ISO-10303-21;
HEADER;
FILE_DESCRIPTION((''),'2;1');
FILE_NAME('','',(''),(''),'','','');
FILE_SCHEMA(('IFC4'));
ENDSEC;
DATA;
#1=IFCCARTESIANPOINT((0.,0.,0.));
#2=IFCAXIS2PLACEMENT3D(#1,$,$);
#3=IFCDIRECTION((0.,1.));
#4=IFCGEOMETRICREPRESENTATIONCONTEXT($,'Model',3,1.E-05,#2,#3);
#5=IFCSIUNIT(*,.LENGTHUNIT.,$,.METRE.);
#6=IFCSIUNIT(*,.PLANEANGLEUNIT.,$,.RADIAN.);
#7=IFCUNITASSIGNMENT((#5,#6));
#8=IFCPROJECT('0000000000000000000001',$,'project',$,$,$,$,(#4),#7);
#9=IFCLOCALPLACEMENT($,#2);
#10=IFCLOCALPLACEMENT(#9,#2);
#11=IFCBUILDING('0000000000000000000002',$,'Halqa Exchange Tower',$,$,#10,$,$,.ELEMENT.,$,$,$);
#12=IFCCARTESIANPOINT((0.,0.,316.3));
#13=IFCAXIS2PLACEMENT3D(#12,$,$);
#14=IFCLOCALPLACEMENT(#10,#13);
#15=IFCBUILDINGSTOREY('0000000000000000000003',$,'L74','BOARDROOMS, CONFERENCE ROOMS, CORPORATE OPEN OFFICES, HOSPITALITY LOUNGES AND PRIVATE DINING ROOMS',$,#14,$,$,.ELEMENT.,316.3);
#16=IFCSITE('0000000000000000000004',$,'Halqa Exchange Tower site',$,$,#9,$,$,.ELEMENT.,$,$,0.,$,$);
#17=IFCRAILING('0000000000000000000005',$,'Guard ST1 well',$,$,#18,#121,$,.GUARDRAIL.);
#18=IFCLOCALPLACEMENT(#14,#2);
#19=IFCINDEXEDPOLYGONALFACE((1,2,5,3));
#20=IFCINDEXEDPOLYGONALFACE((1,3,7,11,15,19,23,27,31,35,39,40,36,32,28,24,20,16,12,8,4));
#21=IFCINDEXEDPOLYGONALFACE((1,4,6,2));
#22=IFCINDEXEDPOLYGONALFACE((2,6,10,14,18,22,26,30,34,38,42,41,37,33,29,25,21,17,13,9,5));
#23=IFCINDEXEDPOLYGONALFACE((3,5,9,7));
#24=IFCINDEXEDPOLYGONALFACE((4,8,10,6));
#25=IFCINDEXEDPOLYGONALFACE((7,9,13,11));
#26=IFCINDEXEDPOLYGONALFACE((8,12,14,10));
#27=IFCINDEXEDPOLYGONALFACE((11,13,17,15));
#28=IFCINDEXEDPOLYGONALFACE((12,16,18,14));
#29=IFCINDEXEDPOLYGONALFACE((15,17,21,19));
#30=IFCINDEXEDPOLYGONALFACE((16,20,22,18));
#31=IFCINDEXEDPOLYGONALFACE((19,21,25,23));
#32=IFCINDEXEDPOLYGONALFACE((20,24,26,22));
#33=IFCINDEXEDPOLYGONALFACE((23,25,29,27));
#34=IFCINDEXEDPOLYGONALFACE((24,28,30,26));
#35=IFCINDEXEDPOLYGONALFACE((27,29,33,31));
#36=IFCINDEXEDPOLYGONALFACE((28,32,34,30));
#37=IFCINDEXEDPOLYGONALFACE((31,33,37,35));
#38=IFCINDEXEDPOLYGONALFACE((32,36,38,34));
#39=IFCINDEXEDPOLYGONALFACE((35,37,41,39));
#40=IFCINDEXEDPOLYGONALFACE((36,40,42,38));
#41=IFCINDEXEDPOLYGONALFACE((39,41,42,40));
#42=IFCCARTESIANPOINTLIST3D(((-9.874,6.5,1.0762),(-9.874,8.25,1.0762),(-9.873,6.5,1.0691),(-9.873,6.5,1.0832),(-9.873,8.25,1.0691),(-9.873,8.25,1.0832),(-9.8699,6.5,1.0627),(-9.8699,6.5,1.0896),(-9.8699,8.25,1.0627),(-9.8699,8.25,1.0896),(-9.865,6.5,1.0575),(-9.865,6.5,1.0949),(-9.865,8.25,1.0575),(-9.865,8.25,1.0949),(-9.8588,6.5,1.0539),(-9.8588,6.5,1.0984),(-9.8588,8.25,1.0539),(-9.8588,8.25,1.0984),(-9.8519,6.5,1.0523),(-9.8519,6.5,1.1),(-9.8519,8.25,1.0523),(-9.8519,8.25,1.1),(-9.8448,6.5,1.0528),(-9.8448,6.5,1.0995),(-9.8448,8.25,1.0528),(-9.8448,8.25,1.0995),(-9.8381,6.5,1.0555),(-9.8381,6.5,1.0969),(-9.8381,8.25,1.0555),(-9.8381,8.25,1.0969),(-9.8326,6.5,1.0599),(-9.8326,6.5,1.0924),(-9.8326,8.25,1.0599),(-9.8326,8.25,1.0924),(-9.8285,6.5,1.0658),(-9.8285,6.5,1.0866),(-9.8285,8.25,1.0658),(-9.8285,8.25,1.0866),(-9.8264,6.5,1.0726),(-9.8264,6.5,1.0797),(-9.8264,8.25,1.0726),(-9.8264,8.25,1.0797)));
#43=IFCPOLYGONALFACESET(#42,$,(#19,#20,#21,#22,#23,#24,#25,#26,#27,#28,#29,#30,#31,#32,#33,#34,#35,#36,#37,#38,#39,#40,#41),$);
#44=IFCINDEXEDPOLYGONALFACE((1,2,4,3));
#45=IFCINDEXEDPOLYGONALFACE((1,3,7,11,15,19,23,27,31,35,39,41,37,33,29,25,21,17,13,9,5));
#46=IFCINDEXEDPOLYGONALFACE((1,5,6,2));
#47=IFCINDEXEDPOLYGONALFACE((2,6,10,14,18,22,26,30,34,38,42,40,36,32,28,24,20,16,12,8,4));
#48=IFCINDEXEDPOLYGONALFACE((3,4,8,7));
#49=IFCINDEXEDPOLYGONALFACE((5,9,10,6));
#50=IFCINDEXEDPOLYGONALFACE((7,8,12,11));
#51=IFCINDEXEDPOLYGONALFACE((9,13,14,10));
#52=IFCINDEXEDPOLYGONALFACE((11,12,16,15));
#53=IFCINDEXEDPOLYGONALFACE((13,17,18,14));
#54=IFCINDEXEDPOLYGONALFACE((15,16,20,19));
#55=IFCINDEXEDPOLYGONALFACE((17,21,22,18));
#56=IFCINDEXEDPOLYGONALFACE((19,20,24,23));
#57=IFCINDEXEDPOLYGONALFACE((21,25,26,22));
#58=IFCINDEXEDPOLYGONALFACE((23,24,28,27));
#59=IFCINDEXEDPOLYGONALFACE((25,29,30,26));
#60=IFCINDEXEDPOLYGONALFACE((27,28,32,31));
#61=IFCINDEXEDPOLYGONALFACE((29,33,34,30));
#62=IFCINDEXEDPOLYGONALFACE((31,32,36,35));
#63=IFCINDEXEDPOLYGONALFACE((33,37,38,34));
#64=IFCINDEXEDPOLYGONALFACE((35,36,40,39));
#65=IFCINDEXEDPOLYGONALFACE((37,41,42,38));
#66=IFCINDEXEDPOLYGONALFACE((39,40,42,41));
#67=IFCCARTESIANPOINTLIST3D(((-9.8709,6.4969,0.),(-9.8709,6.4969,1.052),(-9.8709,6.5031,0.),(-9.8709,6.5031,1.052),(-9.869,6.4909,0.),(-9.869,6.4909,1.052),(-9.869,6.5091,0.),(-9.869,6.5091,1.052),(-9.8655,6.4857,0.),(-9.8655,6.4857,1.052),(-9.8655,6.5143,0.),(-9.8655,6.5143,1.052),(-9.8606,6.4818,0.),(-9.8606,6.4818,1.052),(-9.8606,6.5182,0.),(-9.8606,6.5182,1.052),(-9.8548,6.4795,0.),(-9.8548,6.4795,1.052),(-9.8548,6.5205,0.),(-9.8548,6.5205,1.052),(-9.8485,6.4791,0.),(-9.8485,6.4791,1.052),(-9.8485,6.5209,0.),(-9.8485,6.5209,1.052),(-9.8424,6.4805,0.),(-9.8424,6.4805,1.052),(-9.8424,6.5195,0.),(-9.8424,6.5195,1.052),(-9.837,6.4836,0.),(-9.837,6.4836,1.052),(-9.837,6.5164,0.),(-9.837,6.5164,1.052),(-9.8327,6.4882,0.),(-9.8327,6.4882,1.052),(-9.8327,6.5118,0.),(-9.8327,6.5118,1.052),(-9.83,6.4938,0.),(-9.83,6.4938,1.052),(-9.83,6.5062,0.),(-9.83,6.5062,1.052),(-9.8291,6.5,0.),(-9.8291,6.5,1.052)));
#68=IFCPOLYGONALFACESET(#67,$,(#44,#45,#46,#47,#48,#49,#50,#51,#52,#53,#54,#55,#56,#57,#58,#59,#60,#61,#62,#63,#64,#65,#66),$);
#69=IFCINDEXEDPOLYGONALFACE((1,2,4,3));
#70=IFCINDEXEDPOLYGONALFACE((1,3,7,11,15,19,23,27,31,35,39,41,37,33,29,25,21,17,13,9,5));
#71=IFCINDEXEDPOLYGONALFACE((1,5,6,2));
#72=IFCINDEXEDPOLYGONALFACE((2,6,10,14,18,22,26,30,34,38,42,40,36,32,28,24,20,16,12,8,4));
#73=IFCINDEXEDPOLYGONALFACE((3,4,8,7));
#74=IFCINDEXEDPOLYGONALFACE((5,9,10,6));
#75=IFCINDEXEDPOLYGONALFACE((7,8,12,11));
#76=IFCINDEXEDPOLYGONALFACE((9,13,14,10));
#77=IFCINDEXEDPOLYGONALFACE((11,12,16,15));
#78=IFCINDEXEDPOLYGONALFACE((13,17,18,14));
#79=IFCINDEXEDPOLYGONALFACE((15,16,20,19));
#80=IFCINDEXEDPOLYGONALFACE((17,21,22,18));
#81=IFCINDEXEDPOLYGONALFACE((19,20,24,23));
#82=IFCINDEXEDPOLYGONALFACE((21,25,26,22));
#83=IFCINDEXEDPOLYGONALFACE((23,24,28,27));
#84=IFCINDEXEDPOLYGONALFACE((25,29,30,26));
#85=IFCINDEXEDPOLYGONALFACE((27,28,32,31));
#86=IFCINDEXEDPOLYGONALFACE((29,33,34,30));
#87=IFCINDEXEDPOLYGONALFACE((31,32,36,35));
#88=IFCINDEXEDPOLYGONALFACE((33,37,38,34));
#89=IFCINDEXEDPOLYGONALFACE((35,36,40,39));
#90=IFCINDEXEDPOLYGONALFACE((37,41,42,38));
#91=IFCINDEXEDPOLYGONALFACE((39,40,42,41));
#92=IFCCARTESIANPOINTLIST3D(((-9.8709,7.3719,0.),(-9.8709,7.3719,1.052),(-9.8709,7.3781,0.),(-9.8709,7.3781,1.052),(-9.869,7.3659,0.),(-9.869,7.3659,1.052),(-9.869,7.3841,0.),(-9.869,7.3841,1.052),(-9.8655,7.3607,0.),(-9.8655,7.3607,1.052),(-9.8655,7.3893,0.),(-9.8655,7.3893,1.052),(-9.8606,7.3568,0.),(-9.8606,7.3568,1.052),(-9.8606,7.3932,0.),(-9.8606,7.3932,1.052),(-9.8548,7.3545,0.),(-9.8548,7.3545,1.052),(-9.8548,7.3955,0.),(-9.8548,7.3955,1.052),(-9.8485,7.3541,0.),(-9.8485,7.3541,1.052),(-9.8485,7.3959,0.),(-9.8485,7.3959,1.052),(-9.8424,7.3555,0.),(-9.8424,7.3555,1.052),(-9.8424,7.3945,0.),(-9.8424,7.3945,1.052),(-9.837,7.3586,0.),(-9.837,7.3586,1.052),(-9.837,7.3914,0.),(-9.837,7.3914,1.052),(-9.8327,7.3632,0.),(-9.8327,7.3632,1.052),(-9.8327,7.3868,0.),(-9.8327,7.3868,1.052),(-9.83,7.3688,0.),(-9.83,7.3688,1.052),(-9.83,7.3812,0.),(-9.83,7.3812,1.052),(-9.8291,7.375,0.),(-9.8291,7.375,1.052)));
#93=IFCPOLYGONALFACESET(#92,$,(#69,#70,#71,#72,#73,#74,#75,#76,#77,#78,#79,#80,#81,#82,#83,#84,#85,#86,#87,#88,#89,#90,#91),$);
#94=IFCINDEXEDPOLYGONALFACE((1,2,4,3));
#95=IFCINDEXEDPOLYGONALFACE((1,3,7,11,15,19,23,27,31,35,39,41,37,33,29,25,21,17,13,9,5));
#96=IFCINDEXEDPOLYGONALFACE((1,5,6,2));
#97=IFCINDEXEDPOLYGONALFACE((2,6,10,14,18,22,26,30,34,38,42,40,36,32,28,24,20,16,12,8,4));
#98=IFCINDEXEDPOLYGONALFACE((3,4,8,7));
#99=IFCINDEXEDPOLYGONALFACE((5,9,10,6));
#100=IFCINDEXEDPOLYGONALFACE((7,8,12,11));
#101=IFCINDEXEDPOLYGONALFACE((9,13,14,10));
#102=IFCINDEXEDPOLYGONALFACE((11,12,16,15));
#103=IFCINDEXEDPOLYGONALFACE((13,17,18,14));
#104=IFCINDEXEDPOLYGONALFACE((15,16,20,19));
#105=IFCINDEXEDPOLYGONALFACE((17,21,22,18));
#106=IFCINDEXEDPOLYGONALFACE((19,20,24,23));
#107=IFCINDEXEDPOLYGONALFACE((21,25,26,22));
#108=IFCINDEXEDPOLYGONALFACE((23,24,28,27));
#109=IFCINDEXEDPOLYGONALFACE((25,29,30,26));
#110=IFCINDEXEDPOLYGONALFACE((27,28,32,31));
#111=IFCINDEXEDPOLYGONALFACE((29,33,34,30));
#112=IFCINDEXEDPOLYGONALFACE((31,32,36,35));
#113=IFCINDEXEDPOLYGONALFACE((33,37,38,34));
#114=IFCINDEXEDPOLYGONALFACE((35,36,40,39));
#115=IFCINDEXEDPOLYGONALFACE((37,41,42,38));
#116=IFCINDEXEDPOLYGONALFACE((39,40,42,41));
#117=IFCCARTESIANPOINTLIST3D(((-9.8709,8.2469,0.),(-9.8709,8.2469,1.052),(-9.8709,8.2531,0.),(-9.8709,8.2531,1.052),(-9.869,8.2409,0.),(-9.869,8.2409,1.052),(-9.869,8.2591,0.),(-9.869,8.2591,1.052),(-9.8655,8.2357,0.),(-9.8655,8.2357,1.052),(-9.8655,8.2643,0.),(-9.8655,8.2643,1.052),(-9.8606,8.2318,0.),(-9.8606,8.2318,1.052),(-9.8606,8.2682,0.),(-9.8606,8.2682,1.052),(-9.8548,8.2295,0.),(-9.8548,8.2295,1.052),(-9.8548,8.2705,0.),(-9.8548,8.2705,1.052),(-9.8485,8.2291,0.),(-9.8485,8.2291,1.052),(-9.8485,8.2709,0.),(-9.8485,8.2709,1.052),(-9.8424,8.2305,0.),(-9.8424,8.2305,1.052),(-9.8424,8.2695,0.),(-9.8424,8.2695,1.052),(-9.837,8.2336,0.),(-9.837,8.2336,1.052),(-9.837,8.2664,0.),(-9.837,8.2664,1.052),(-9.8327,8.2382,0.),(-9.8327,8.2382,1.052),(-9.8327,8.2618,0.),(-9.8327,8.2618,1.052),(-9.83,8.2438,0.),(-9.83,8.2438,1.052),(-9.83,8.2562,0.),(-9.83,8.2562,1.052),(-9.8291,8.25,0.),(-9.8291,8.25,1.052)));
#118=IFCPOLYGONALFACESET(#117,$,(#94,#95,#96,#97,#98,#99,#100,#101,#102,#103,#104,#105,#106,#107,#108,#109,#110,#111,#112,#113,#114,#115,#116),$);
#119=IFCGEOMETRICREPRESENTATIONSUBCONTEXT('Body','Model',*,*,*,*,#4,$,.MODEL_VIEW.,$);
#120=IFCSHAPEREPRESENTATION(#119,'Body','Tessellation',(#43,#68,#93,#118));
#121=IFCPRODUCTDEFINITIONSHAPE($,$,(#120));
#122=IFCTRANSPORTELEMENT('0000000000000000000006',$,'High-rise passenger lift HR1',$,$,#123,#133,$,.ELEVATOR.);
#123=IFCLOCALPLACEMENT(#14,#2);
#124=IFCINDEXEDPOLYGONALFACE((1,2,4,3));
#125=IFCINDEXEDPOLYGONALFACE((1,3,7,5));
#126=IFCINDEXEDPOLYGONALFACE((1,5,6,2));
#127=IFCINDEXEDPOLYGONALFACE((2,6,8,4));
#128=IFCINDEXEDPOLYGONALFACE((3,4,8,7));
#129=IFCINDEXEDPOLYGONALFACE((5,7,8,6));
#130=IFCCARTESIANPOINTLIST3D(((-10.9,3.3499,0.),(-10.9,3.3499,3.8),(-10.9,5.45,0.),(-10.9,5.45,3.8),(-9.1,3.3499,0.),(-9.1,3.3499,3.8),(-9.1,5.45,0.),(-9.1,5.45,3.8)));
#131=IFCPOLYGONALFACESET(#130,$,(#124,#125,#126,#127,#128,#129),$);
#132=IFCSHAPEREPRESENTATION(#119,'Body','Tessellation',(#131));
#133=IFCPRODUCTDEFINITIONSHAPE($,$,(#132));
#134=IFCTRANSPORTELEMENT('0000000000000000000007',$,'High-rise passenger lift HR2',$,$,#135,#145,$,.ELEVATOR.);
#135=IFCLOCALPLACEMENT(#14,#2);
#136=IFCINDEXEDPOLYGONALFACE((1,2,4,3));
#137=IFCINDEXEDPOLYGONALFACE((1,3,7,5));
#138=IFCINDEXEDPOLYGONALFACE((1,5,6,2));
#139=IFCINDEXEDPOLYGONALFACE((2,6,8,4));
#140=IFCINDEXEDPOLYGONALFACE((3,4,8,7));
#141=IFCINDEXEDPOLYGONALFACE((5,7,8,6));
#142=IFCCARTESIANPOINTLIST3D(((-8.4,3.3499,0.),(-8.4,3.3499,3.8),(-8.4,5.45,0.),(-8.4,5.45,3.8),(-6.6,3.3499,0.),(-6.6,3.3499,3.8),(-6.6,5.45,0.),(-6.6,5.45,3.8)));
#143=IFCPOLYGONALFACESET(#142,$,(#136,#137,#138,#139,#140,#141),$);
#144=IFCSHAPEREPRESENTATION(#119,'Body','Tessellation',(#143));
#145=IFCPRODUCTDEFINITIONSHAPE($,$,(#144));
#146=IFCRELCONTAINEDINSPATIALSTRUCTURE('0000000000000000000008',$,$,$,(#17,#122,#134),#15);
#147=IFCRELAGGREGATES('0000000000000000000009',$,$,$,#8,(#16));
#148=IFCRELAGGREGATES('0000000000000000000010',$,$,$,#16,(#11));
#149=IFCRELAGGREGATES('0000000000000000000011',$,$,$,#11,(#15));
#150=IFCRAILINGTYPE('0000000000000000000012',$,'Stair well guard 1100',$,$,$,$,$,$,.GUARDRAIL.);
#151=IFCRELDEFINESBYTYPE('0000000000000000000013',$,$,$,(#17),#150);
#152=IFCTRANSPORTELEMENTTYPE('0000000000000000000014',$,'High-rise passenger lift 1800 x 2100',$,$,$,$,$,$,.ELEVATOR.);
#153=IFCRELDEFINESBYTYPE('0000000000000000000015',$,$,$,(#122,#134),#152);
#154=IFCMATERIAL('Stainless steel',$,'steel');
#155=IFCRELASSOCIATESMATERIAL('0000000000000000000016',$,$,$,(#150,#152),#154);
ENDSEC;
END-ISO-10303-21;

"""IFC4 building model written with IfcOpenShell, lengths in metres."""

from ifc_helpers import new_model, si_unit, direction, frame, origin, origin_2d, place, context, subcontext, project, spatial, rectangle, circle, extrude, material, type_object, element, save


model = new_model("IFC4")

# Units and contexts
model_context = context("Model", 3, precision=1e-05, world=origin(), true_north=direction((0.0, 1.0)))
body_context = subcontext(model_context, "Body", "Model", "MODEL_VIEW")
ifc_project = project(units=[si_unit("LENGTHUNIT", "METRE"), si_unit("PLANEANGLEUNIT", "RADIAN")], contexts=[model_context])

# Site, building, storey
site_placement = place(None, origin())
site = spatial("IfcSite", under=ifc_project, at=site_placement, Name="Halqa Exchange Tower site", CompositionType="ELEMENT", RefElevation=0.0)
building_placement = place(site_placement, origin())
building = spatial("IfcBuilding", under=site, at=building_placement, Name="Halqa Exchange Tower", CompositionType="ELEMENT")
storey_placement = place(building_placement, frame((0.0, 0.0, 316.3)))
storey = spatial("IfcBuildingStorey", under=building, at=storey_placement, Name="L74", Description="BOARDROOMS, CONFERENCE ROOMS, CORPORATE OPEN OFFICES, HOSPITALITY LOUNGES AND PRIVATE DINING ROOMS", CompositionType="ELEMENT", Elevation=316.3)

# Shared definitions
ifc_material_1 = material(Name="Stainless steel", Category="steel")

# Railing
railing_type_1 = type_object("IfcRailingType", Name="Stair well guard 1100", PredefinedType="GUARDRAIL", material=ifc_material_1)
railing_1_placement = place(storey_placement, frame((-9.8501, 6.5, 0.0)))
element("IfcRailing", 1, at=railing_1_placement, inside=storey, type_object=railing_type_1, Name="Guard ST1 well", PredefinedType="GUARDRAIL", context=body_context, shape_type="SweptSolid", body=[
    extrude(circle(Radius=0.0239, at=origin_2d()), frame((0.0, 0.0, 1.0762), z_axis=(0.0, 1.0, 0.0), x_axis=(-1.0, 0.0, 0.0)), (0.0, 0.0, 1.0), 1.75),
    extrude(circle(Radius=0.021, at=origin_2d()), origin(), (0.0, 0.0, 1.0), 1.052),
    extrude(circle(Radius=0.021, at=origin_2d()), frame((0.0, 0.875, 0.0)), (0.0, 0.0, 1.0), 1.052),
    extrude(circle(Radius=0.021, at=origin_2d()), frame((0.0, 1.75, 0.0)), (0.0, 0.0, 1.0), 1.052),
])

# Transport elements
transport_element_type = type_object("IfcTransportElementType", Name="High-rise passenger lift 1800 x 2100", PredefinedType="ELEVATOR", material=ifc_material_1)
for number, where, z_axis, x_axis, name in (
    (2, (-10.0, 4.3999, 0.0), (0.0, 0.0, 1.0), (1.0, 0.0, 0.0), "High-rise passenger lift HR1"),
    (3, (-7.5, 4.3999, 0.0), (0.0, 0.0, 1.0), (1.0, 0.0, 0.0), "High-rise passenger lift HR2"),
):
    element("IfcTransportElement", number, at=place(storey_placement, frame(where, z_axis=z_axis, x_axis=x_axis)), inside=storey, type_object=transport_element_type, Name=name, PredefinedType="ELEVATOR", context=body_context, shape_type="SweptSolid", body=[
        extrude(rectangle(XDim=1.8, YDim=2.1001, at=origin_2d()), origin(), (0.0, 0.0, 1.0), 3.8),
    ])

save(model, "model.ifc")
